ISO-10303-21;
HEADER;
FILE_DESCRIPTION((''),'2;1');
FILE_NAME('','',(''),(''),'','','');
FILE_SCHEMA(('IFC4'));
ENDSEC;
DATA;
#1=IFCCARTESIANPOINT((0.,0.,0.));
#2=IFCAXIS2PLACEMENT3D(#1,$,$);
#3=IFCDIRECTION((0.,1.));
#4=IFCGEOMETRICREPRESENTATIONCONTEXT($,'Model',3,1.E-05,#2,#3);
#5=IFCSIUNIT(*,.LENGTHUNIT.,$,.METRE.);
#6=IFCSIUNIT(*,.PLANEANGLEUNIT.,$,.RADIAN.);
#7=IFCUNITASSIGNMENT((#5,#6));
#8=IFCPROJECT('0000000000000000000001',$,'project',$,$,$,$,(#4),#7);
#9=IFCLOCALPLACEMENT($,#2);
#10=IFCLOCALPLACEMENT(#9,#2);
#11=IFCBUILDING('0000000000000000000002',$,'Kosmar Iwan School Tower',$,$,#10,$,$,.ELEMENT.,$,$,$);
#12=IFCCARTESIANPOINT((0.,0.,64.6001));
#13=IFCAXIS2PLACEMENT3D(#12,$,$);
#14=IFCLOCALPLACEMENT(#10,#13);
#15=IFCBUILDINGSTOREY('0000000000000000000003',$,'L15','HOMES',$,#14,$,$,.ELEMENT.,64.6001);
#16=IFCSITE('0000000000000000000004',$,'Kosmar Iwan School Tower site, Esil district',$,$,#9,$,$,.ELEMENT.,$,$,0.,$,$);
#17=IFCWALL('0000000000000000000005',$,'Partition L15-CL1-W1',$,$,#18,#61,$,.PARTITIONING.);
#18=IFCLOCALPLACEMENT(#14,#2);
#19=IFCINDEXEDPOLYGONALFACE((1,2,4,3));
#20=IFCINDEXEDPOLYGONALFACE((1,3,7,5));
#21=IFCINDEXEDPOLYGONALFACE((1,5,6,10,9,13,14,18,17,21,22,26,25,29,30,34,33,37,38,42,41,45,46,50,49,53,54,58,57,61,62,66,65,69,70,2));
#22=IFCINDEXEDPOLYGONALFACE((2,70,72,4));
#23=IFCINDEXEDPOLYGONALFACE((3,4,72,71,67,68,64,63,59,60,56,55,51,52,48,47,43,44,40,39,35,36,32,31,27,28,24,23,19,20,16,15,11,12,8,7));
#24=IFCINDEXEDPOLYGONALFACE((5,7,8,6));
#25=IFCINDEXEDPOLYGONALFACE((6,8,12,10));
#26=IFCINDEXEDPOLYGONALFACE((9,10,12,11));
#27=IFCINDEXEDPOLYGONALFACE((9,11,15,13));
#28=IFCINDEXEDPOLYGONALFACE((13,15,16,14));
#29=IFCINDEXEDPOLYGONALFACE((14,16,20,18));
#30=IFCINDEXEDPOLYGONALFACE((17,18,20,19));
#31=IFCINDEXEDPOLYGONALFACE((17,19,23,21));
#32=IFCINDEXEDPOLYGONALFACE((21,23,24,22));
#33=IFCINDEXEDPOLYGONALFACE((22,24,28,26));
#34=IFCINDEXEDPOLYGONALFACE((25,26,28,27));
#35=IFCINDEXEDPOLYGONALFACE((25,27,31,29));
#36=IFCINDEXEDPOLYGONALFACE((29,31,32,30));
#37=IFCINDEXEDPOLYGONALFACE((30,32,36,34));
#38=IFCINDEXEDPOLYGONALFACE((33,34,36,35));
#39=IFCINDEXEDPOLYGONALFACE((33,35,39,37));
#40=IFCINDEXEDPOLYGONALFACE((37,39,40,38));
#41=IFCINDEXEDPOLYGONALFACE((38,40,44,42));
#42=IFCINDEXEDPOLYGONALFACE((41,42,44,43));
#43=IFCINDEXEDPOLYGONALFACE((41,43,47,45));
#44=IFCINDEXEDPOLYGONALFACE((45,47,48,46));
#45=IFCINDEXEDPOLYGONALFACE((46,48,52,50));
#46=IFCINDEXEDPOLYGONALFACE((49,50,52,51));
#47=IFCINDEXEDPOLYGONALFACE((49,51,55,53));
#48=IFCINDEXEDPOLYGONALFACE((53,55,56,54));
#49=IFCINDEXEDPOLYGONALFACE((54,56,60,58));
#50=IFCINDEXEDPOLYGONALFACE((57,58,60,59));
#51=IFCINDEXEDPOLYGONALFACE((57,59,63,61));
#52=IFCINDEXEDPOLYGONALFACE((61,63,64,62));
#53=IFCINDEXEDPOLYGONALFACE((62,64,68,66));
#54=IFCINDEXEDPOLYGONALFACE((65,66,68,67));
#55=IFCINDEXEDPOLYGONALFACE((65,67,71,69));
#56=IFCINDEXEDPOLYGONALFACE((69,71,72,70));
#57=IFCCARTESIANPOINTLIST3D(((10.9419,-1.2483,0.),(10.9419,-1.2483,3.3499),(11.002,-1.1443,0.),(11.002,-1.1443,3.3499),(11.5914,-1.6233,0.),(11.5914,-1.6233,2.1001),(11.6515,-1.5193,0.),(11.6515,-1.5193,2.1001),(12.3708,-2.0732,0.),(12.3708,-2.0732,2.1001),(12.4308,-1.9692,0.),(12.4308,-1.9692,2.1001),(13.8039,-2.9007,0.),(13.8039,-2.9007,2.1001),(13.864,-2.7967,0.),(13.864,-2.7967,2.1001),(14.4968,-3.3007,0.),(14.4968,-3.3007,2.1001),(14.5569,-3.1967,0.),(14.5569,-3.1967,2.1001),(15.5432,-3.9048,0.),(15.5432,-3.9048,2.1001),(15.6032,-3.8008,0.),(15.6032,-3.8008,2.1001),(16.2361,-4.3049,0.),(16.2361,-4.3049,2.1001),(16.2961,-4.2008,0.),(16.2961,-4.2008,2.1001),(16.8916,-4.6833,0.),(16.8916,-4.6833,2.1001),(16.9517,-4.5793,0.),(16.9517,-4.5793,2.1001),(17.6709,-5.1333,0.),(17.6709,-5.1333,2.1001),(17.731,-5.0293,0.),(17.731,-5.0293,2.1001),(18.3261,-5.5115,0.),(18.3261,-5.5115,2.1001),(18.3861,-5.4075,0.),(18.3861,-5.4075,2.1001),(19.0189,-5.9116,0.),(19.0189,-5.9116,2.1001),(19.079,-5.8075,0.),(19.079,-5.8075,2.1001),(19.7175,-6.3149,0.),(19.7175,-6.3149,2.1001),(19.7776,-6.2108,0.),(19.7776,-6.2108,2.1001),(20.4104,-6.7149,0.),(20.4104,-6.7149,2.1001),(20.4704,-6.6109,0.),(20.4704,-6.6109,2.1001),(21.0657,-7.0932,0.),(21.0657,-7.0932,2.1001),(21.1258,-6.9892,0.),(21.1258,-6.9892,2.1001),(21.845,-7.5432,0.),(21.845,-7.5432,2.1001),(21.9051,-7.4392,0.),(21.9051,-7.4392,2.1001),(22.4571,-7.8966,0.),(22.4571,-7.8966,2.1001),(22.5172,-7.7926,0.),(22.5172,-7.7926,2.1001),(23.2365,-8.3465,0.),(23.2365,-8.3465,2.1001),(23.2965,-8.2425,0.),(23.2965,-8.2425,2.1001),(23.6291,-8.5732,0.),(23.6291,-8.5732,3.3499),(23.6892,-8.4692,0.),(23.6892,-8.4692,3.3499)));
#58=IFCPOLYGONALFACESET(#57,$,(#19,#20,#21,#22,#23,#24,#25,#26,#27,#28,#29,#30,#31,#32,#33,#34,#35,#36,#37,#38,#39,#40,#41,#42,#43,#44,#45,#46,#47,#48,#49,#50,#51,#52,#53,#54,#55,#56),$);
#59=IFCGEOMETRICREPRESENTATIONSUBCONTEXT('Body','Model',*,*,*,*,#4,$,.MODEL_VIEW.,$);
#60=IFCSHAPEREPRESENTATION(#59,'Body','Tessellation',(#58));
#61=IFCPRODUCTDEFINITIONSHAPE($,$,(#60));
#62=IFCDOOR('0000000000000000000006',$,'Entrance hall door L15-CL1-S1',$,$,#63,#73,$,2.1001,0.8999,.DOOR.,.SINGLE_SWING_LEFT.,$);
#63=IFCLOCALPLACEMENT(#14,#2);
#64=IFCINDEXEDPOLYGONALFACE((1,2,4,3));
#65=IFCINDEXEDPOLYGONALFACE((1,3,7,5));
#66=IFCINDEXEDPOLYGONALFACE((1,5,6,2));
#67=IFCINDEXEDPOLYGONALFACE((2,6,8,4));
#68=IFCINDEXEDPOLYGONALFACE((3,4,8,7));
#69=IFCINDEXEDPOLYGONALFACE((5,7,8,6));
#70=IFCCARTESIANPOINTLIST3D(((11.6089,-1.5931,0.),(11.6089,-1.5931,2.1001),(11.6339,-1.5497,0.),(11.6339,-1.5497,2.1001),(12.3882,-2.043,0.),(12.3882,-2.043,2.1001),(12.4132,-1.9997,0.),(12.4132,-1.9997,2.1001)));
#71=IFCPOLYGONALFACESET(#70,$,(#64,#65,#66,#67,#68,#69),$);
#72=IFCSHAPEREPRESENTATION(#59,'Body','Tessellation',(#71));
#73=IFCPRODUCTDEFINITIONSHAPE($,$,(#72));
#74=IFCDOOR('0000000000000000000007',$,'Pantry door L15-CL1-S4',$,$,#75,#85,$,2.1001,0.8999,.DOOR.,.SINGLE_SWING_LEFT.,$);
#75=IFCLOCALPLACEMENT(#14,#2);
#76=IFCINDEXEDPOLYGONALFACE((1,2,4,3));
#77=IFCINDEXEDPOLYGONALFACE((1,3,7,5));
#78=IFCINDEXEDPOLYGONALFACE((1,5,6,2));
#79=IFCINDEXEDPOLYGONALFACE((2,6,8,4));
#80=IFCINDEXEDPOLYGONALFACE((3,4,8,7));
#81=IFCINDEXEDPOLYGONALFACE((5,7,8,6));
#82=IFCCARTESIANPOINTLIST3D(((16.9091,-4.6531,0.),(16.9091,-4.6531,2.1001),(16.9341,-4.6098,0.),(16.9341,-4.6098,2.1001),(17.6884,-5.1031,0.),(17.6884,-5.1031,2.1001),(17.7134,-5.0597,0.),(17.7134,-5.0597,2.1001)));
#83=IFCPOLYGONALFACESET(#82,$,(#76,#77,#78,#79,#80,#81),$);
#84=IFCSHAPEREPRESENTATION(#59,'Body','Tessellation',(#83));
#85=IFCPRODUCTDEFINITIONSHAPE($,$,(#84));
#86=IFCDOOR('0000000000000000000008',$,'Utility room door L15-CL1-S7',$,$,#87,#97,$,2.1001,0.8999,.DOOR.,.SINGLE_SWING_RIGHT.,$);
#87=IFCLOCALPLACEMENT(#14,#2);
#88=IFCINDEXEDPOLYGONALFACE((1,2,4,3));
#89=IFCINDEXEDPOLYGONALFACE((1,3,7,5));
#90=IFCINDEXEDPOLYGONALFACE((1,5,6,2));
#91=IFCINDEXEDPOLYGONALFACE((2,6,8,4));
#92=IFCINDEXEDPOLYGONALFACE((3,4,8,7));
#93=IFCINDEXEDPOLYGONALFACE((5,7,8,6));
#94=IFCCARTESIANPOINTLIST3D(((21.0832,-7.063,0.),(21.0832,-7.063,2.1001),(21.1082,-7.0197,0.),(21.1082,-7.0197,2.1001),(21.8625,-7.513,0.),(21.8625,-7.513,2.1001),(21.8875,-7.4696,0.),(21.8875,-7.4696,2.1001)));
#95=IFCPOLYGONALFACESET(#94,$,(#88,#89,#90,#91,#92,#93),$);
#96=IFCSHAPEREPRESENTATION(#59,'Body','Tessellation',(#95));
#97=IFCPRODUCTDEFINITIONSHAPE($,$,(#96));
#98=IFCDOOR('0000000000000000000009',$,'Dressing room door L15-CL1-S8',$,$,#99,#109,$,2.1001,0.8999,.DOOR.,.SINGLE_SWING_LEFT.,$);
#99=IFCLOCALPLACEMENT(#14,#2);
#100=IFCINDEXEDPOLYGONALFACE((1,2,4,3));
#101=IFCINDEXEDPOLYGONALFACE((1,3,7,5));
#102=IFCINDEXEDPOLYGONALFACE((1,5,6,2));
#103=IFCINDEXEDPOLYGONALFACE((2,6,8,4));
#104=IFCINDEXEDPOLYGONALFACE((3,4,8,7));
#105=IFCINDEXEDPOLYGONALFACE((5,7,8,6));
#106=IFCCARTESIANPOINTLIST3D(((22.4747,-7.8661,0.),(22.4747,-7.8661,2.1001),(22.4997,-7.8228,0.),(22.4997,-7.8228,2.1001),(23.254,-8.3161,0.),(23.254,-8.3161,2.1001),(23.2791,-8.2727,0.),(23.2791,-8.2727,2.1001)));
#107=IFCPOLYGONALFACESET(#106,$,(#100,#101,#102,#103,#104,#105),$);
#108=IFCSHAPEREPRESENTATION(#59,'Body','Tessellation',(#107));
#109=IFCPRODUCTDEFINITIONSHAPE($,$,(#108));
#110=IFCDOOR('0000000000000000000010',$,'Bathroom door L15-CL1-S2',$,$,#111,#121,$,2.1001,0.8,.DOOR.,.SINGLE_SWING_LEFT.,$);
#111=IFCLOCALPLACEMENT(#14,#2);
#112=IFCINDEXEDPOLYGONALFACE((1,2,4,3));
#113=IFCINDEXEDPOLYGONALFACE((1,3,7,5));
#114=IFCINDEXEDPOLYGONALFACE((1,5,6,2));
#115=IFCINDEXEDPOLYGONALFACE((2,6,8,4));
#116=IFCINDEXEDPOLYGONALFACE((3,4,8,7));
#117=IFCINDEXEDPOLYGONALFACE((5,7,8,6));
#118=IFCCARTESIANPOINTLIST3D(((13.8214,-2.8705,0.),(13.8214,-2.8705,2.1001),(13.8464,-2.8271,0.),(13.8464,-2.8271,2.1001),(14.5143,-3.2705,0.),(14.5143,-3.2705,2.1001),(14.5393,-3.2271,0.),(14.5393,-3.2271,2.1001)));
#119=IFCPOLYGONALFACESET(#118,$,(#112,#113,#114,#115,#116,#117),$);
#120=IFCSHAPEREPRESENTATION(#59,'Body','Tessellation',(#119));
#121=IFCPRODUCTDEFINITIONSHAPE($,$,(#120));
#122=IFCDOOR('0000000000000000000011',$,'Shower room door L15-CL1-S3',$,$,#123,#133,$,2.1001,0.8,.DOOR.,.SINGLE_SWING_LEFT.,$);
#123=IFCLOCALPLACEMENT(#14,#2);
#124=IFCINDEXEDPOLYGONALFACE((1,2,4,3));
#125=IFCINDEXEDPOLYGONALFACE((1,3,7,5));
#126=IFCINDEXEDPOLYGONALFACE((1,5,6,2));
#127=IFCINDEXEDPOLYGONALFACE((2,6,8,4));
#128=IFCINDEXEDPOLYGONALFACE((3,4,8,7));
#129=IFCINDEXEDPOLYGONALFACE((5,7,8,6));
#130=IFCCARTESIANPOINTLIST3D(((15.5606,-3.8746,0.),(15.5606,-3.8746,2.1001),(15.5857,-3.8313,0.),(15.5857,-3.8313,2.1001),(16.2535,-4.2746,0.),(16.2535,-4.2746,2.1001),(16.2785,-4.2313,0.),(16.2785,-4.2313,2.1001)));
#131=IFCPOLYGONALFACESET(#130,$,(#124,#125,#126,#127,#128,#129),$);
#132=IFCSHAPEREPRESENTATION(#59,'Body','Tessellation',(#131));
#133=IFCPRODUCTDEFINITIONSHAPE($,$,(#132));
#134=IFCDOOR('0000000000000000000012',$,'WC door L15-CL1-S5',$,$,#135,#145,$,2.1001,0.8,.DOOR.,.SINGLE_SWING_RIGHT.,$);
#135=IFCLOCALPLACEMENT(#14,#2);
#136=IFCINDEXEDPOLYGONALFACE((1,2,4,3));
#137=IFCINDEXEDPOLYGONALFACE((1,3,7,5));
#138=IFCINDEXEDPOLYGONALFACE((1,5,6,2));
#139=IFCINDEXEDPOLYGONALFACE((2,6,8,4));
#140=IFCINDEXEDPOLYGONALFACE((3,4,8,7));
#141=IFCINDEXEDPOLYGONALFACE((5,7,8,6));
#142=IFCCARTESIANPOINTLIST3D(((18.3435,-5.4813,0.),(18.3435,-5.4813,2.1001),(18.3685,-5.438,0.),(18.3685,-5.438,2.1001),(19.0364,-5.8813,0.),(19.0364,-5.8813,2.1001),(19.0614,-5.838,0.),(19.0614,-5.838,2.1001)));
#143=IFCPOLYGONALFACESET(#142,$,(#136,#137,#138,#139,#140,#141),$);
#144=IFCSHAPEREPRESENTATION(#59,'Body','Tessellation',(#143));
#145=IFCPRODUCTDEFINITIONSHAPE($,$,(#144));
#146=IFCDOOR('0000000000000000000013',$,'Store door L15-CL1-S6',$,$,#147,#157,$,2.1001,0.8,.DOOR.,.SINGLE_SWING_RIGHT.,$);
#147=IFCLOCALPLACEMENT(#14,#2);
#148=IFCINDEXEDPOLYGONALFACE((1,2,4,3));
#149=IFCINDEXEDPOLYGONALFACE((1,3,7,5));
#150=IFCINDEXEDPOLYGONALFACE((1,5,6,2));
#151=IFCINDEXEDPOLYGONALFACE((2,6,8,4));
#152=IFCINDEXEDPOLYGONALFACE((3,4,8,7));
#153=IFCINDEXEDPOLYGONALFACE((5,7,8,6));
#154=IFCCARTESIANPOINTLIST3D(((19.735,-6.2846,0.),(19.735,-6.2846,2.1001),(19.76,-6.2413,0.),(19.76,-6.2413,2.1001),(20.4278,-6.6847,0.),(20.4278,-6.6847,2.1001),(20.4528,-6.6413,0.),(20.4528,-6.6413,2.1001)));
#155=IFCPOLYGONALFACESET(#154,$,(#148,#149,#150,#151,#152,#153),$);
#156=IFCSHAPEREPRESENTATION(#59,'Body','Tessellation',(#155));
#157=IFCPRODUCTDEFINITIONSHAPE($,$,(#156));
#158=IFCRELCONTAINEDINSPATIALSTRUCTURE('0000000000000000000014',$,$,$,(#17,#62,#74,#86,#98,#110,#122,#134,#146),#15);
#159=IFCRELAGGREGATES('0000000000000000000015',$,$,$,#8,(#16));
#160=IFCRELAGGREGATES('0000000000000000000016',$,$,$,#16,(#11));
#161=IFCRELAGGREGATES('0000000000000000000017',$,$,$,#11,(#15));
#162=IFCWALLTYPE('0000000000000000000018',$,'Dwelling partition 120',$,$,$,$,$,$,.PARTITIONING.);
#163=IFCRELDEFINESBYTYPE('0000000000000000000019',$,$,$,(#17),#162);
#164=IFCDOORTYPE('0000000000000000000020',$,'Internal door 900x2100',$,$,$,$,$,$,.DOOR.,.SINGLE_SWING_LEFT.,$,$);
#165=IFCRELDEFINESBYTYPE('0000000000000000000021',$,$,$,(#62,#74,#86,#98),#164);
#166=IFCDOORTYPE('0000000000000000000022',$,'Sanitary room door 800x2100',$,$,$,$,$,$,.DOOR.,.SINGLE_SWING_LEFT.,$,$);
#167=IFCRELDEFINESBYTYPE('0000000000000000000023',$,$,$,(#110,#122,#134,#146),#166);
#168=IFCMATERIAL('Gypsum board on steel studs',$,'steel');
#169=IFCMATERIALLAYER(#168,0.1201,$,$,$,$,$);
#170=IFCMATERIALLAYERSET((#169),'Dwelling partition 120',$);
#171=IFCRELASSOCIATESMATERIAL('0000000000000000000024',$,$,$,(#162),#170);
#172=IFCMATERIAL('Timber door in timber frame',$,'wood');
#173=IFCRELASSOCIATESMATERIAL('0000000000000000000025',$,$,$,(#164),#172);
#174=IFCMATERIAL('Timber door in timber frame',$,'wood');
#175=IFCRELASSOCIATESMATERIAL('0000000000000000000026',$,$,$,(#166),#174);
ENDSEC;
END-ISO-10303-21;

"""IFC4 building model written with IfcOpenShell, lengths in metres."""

from ifc_helpers import new_model, si_unit, direction, frame, frame_2d, origin, place, context, subcontext, project, spatial, rectangle, extrude, material, layer, layer_set, type_object, element, fill, save


model = new_model("IFC4")

# Units and contexts
model_context = context("Model", 3, precision=1e-05, world=origin(), true_north=direction((0.0, 1.0)))
body_context = subcontext(model_context, "Body", "Model", "MODEL_VIEW")
ifc_project = project(units=[si_unit("LENGTHUNIT", "METRE"), si_unit("PLANEANGLEUNIT", "RADIAN")], contexts=[model_context])

# Site, building, storey
site_placement = place(None, origin())
site = spatial("IfcSite", under=ifc_project, at=site_placement, Name="Kosmar Iwan School Tower site, Esil district", CompositionType="ELEMENT", RefElevation=0.0)
building_placement = place(site_placement, origin())
building = spatial("IfcBuilding", under=site, at=building_placement, Name="Kosmar Iwan School Tower", CompositionType="ELEMENT")
storey_placement = place(building_placement, frame((0.0, 0.0, 64.6001)))
storey = spatial("IfcBuildingStorey", under=building, at=storey_placement, Name="L15", Description="HOMES", CompositionType="ELEMENT", Elevation=64.6001)

# Wall, openings, doors
ifc_material_1 = material(Name="Gypsum board on steel studs", Category="steel")
ifc_layer_1 = layer(ifc_material_1, 0.1201)
ifc_layer_set_1 = layer_set([ifc_layer_1], Name="Dwelling partition 120")
wall_type_1 = type_object("IfcWallType", Name="Dwelling partition 120", PredefinedType="PARTITIONING", material=ifc_layer_set_1)
wall_1_placement = place(storey_placement, frame((10.9719, -1.1963, 0.0), z_axis=(0.0, 0.0, 1.0), x_axis=(0.866027, -0.499998, 0.0)))
wall_1 = element("IfcWall", 1, at=wall_1_placement, inside=storey, type_object=wall_type_1, Name="Partition L15-CL1-W1", PredefinedType="PARTITIONING", context=body_context, shape_type="SweptSolid", body=[
    extrude(rectangle(XDim=14.6499, YDim=0.1201, at=frame_2d((7.325, 0.0))), origin(), (0.0, 0.0, 1.0), 3.3499),
])
opening_1_placement = place(wall_1_placement, frame((0.75, 0.0, 0.0)))
opening_1 = element("IfcOpeningElement", 2, at=opening_1_placement, cuts=wall_1, PredefinedType="OPENING", context=body_context, shape_type="SweptSolid", body=[
    extrude(rectangle(XDim=0.8999, YDim=2.1001, at=frame_2d((0.45, 1.05))), frame((0.0, 0.072, 0.0), z_axis=(0.0, -1.0, 0.0), x_axis=(1.0, 0.0, 0.0)), (0.0, 0.0, 1.0), 0.144),
])
opening_2_placement = place(wall_1_placement, frame((3.3049, 0.0, 0.0)))
opening_2 = element("IfcOpeningElement", 3, at=opening_2_placement, cuts=wall_1, PredefinedType="OPENING", context=body_context, shape_type="SweptSolid", body=[
    extrude(rectangle(XDim=0.8, YDim=2.1001, at=frame_2d((0.3999, 1.05))), frame((0.0, 0.072, 0.0), z_axis=(0.0, -1.0, 0.0), x_axis=(1.0, 0.0, 0.0)), (0.0, 0.0, 1.0), 0.144),
])
opening_3_placement = place(wall_1_placement, frame((5.3132, 0.0, 0.0)))
opening_3 = element("IfcOpeningElement", 4, at=opening_3_placement, cuts=wall_1, PredefinedType="OPENING", context=body_context, shape_type="SweptSolid", body=[
    extrude(rectangle(XDim=0.8, YDim=2.1001, at=frame_2d((0.3999, 1.05))), frame((0.0, 0.072, 0.0), z_axis=(0.0, -1.0, 0.0), x_axis=(1.0, 0.0, 0.0)), (0.0, 0.0, 1.0), 0.144),
])
opening_4_placement = place(wall_1_placement, frame((6.8701, 0.0, 0.0)))
opening_4 = element("IfcOpeningElement", 5, at=opening_4_placement, cuts=wall_1, PredefinedType="OPENING", context=body_context, shape_type="SweptSolid", body=[
    extrude(rectangle(XDim=0.8999, YDim=2.1001, at=frame_2d((0.45, 1.05))), frame((0.0, 0.072, 0.0), z_axis=(0.0, -1.0, 0.0), x_axis=(1.0, 0.0, 0.0)), (0.0, 0.0, 1.0), 0.144),
])
opening_5_placement = place(wall_1_placement, frame((8.5266, 0.0, 0.0)))
opening_5 = element("IfcOpeningElement", 6, at=opening_5_placement, cuts=wall_1, PredefinedType="OPENING", context=body_context, shape_type="SweptSolid", body=[
    extrude(rectangle(XDim=0.8, YDim=2.1001, at=frame_2d((0.3999, 1.05))), frame((0.0, 0.072, 0.0), z_axis=(0.0, -1.0, 0.0), x_axis=(1.0, 0.0, 0.0)), (0.0, 0.0, 1.0), 0.144),
])
opening_6_placement = place(wall_1_placement, frame((10.1333, 0.0, 0.0)))
opening_6 = element("IfcOpeningElement", 7, at=opening_6_placement, cuts=wall_1, PredefinedType="OPENING", context=body_context, shape_type="SweptSolid", body=[
    extrude(rectangle(XDim=0.8, YDim=2.1001, at=frame_2d((0.3999, 1.05))), frame((0.0, 0.072, 0.0), z_axis=(0.0, -1.0, 0.0), x_axis=(1.0, 0.0, 0.0)), (0.0, 0.0, 1.0), 0.144),
])
opening_7_placement = place(wall_1_placement, frame((11.6899, 0.0, 0.0)))
opening_7 = element("IfcOpeningElement", 8, at=opening_7_placement, cuts=wall_1, PredefinedType="OPENING", context=body_context, shape_type="SweptSolid", body=[
    extrude(rectangle(XDim=0.8999, YDim=2.1001, at=frame_2d((0.45, 1.05))), frame((0.0, 0.072, 0.0), z_axis=(0.0, -1.0, 0.0), x_axis=(1.0, 0.0, 0.0)), (0.0, 0.0, 1.0), 0.144),
])
opening_8_placement = place(wall_1_placement, frame((13.2966, 0.0, 0.0)))
opening_8 = element("IfcOpeningElement", 9, at=opening_8_placement, cuts=wall_1, PredefinedType="OPENING", context=body_context, shape_type="SweptSolid", body=[
    extrude(rectangle(XDim=0.8999, YDim=2.1001, at=frame_2d((0.45, 1.05))), frame((0.0, 0.072, 0.0), z_axis=(0.0, -1.0, 0.0), x_axis=(1.0, 0.0, 0.0)), (0.0, 0.0, 1.0), 0.144),
])
ifc_material_2 = material(Name="Timber door in timber frame", Category="wood")
door_type_1 = type_object("IfcDoorType", Name="Internal door 900x2100", OperationType="SINGLE_SWING_LEFT", PredefinedType="DOOR", material=ifc_material_2)
door_1_placement = place(opening_1_placement, origin())
door_1 = element("IfcDoor", 10, at=door_1_placement, inside=storey, type_object=door_type_1, Name="Entrance hall door L15-CL1-S1", OperationType="SINGLE_SWING_LEFT", OverallHeight=2.1001, OverallWidth=0.8999, PredefinedType="DOOR", context=body_context, shape_type="SweptSolid", body=[
    extrude(rectangle(XDim=0.8999, YDim=2.1001, at=frame_2d((0.45, 1.05))), frame((0.0, 0.0249, 0.0), z_axis=(0.0, -1.0, 0.0), x_axis=(1.0, 0.0, 0.0)), (0.0, 0.0, 1.0), 0.05),
])
fill(opening_1, door_1)
door_2_placement = place(opening_4_placement, origin())
door_2 = element("IfcDoor", 11, at=door_2_placement, inside=storey, type_object=door_type_1, Name="Pantry door L15-CL1-S4", OperationType="SINGLE_SWING_LEFT", OverallHeight=2.1001, OverallWidth=0.8999, PredefinedType="DOOR", context=body_context, shape_type="SweptSolid", body=[
    extrude(rectangle(XDim=0.8999, YDim=2.1001, at=frame_2d((0.45, 1.05))), frame((0.0, 0.0249, 0.0), z_axis=(0.0, -1.0, 0.0), x_axis=(1.0, 0.0, 0.0)), (0.0, 0.0, 1.0), 0.05),
])
fill(opening_4, door_2)
door_3_placement = place(opening_7_placement, origin())
door_3 = element("IfcDoor", 12, at=door_3_placement, inside=storey, type_object=door_type_1, Name="Utility room door L15-CL1-S7", OperationType="SINGLE_SWING_RIGHT", OverallHeight=2.1001, OverallWidth=0.8999, PredefinedType="DOOR", context=body_context, shape_type="SweptSolid", body=[
    extrude(rectangle(XDim=0.8999, YDim=2.1001, at=frame_2d((0.45, 1.05))), frame((0.0, 0.0249, 0.0), z_axis=(0.0, -1.0, 0.0), x_axis=(1.0, 0.0, 0.0)), (0.0, 0.0, 1.0), 0.05),
])
fill(opening_7, door_3)
door_4_placement = place(opening_8_placement, frame((0.8999, 0.0, 0.0), z_axis=(0.0, 0.0, 1.0), x_axis=(-1.0, 0.0, 0.0)))
door_4 = element("IfcDoor", 13, at=door_4_placement, inside=storey, type_object=door_type_1, Name="Dressing room door L15-CL1-S8", OperationType="SINGLE_SWING_LEFT", OverallHeight=2.1001, OverallWidth=0.8999, PredefinedType="DOOR", context=body_context, shape_type="SweptSolid", body=[
    extrude(rectangle(XDim=0.8999, YDim=2.1001, at=frame_2d((0.45, 1.05))), frame((0.0, 0.0249, 0.0), z_axis=(0.0, -1.0, 0.0), x_axis=(1.0, 0.0, 0.0)), (0.0, 0.0, 1.0), 0.05),
])
fill(opening_8, door_4)
ifc_material_3 = material(Name="Timber door in timber frame", Category="wood")
door_type_2 = type_object("IfcDoorType", Name="Sanitary room door 800x2100", OperationType="SINGLE_SWING_LEFT", PredefinedType="DOOR", material=ifc_material_3)
door_5_placement = place(opening_2_placement, origin())
door_5 = element("IfcDoor", 14, at=door_5_placement, inside=storey, type_object=door_type_2, Name="Bathroom door L15-CL1-S2", OperationType="SINGLE_SWING_LEFT", OverallHeight=2.1001, OverallWidth=0.8, PredefinedType="DOOR", context=body_context, shape_type="SweptSolid", body=[
    extrude(rectangle(XDim=0.8, YDim=2.1001, at=frame_2d((0.3999, 1.05))), frame((0.0, 0.0249, 0.0), z_axis=(0.0, -1.0, 0.0), x_axis=(1.0, 0.0, 0.0)), (0.0, 0.0, 1.0), 0.05),
])
fill(opening_2, door_5)
door_6_placement = place(opening_3_placement, origin())
door_6 = element("IfcDoor", 15, at=door_6_placement, inside=storey, type_object=door_type_2, Name="Shower room door L15-CL1-S3", OperationType="SINGLE_SWING_LEFT", OverallHeight=2.1001, OverallWidth=0.8, PredefinedType="DOOR", context=body_context, shape_type="SweptSolid", body=[
    extrude(rectangle(XDim=0.8, YDim=2.1001, at=frame_2d((0.3999, 1.05))), frame((0.0, 0.0249, 0.0), z_axis=(0.0, -1.0, 0.0), x_axis=(1.0, 0.0, 0.0)), (0.0, 0.0, 1.0), 0.05),
])
fill(opening_3, door_6)
door_7_placement = place(opening_5_placement, origin())
door_7 = element("IfcDoor", 16, at=door_7_placement, inside=storey, type_object=door_type_2, Name="WC door L15-CL1-S5", OperationType="SINGLE_SWING_RIGHT", OverallHeight=2.1001, OverallWidth=0.8, PredefinedType="DOOR", context=body_context, shape_type="SweptSolid", body=[
    extrude(rectangle(XDim=0.8, YDim=2.1001, at=frame_2d((0.3999, 1.05))), frame((0.0, 0.0249, 0.0), z_axis=(0.0, -1.0, 0.0), x_axis=(1.0, 0.0, 0.0)), (0.0, 0.0, 1.0), 0.05),
])
fill(opening_5, door_7)
door_8_placement = place(opening_6_placement, origin())
door_8 = element("IfcDoor", 17, at=door_8_placement, inside=storey, type_object=door_type_2, Name="Store door L15-CL1-S6", OperationType="SINGLE_SWING_RIGHT", OverallHeight=2.1001, OverallWidth=0.8, PredefinedType="DOOR", context=body_context, shape_type="SweptSolid", body=[
    extrude(rectangle(XDim=0.8, YDim=2.1001, at=frame_2d((0.3999, 1.05))), frame((0.0, 0.0249, 0.0), z_axis=(0.0, -1.0, 0.0), x_axis=(1.0, 0.0, 0.0)), (0.0, 0.0, 1.0), 0.05),
])
fill(opening_6, door_8)

save(model, "model.ifc")
